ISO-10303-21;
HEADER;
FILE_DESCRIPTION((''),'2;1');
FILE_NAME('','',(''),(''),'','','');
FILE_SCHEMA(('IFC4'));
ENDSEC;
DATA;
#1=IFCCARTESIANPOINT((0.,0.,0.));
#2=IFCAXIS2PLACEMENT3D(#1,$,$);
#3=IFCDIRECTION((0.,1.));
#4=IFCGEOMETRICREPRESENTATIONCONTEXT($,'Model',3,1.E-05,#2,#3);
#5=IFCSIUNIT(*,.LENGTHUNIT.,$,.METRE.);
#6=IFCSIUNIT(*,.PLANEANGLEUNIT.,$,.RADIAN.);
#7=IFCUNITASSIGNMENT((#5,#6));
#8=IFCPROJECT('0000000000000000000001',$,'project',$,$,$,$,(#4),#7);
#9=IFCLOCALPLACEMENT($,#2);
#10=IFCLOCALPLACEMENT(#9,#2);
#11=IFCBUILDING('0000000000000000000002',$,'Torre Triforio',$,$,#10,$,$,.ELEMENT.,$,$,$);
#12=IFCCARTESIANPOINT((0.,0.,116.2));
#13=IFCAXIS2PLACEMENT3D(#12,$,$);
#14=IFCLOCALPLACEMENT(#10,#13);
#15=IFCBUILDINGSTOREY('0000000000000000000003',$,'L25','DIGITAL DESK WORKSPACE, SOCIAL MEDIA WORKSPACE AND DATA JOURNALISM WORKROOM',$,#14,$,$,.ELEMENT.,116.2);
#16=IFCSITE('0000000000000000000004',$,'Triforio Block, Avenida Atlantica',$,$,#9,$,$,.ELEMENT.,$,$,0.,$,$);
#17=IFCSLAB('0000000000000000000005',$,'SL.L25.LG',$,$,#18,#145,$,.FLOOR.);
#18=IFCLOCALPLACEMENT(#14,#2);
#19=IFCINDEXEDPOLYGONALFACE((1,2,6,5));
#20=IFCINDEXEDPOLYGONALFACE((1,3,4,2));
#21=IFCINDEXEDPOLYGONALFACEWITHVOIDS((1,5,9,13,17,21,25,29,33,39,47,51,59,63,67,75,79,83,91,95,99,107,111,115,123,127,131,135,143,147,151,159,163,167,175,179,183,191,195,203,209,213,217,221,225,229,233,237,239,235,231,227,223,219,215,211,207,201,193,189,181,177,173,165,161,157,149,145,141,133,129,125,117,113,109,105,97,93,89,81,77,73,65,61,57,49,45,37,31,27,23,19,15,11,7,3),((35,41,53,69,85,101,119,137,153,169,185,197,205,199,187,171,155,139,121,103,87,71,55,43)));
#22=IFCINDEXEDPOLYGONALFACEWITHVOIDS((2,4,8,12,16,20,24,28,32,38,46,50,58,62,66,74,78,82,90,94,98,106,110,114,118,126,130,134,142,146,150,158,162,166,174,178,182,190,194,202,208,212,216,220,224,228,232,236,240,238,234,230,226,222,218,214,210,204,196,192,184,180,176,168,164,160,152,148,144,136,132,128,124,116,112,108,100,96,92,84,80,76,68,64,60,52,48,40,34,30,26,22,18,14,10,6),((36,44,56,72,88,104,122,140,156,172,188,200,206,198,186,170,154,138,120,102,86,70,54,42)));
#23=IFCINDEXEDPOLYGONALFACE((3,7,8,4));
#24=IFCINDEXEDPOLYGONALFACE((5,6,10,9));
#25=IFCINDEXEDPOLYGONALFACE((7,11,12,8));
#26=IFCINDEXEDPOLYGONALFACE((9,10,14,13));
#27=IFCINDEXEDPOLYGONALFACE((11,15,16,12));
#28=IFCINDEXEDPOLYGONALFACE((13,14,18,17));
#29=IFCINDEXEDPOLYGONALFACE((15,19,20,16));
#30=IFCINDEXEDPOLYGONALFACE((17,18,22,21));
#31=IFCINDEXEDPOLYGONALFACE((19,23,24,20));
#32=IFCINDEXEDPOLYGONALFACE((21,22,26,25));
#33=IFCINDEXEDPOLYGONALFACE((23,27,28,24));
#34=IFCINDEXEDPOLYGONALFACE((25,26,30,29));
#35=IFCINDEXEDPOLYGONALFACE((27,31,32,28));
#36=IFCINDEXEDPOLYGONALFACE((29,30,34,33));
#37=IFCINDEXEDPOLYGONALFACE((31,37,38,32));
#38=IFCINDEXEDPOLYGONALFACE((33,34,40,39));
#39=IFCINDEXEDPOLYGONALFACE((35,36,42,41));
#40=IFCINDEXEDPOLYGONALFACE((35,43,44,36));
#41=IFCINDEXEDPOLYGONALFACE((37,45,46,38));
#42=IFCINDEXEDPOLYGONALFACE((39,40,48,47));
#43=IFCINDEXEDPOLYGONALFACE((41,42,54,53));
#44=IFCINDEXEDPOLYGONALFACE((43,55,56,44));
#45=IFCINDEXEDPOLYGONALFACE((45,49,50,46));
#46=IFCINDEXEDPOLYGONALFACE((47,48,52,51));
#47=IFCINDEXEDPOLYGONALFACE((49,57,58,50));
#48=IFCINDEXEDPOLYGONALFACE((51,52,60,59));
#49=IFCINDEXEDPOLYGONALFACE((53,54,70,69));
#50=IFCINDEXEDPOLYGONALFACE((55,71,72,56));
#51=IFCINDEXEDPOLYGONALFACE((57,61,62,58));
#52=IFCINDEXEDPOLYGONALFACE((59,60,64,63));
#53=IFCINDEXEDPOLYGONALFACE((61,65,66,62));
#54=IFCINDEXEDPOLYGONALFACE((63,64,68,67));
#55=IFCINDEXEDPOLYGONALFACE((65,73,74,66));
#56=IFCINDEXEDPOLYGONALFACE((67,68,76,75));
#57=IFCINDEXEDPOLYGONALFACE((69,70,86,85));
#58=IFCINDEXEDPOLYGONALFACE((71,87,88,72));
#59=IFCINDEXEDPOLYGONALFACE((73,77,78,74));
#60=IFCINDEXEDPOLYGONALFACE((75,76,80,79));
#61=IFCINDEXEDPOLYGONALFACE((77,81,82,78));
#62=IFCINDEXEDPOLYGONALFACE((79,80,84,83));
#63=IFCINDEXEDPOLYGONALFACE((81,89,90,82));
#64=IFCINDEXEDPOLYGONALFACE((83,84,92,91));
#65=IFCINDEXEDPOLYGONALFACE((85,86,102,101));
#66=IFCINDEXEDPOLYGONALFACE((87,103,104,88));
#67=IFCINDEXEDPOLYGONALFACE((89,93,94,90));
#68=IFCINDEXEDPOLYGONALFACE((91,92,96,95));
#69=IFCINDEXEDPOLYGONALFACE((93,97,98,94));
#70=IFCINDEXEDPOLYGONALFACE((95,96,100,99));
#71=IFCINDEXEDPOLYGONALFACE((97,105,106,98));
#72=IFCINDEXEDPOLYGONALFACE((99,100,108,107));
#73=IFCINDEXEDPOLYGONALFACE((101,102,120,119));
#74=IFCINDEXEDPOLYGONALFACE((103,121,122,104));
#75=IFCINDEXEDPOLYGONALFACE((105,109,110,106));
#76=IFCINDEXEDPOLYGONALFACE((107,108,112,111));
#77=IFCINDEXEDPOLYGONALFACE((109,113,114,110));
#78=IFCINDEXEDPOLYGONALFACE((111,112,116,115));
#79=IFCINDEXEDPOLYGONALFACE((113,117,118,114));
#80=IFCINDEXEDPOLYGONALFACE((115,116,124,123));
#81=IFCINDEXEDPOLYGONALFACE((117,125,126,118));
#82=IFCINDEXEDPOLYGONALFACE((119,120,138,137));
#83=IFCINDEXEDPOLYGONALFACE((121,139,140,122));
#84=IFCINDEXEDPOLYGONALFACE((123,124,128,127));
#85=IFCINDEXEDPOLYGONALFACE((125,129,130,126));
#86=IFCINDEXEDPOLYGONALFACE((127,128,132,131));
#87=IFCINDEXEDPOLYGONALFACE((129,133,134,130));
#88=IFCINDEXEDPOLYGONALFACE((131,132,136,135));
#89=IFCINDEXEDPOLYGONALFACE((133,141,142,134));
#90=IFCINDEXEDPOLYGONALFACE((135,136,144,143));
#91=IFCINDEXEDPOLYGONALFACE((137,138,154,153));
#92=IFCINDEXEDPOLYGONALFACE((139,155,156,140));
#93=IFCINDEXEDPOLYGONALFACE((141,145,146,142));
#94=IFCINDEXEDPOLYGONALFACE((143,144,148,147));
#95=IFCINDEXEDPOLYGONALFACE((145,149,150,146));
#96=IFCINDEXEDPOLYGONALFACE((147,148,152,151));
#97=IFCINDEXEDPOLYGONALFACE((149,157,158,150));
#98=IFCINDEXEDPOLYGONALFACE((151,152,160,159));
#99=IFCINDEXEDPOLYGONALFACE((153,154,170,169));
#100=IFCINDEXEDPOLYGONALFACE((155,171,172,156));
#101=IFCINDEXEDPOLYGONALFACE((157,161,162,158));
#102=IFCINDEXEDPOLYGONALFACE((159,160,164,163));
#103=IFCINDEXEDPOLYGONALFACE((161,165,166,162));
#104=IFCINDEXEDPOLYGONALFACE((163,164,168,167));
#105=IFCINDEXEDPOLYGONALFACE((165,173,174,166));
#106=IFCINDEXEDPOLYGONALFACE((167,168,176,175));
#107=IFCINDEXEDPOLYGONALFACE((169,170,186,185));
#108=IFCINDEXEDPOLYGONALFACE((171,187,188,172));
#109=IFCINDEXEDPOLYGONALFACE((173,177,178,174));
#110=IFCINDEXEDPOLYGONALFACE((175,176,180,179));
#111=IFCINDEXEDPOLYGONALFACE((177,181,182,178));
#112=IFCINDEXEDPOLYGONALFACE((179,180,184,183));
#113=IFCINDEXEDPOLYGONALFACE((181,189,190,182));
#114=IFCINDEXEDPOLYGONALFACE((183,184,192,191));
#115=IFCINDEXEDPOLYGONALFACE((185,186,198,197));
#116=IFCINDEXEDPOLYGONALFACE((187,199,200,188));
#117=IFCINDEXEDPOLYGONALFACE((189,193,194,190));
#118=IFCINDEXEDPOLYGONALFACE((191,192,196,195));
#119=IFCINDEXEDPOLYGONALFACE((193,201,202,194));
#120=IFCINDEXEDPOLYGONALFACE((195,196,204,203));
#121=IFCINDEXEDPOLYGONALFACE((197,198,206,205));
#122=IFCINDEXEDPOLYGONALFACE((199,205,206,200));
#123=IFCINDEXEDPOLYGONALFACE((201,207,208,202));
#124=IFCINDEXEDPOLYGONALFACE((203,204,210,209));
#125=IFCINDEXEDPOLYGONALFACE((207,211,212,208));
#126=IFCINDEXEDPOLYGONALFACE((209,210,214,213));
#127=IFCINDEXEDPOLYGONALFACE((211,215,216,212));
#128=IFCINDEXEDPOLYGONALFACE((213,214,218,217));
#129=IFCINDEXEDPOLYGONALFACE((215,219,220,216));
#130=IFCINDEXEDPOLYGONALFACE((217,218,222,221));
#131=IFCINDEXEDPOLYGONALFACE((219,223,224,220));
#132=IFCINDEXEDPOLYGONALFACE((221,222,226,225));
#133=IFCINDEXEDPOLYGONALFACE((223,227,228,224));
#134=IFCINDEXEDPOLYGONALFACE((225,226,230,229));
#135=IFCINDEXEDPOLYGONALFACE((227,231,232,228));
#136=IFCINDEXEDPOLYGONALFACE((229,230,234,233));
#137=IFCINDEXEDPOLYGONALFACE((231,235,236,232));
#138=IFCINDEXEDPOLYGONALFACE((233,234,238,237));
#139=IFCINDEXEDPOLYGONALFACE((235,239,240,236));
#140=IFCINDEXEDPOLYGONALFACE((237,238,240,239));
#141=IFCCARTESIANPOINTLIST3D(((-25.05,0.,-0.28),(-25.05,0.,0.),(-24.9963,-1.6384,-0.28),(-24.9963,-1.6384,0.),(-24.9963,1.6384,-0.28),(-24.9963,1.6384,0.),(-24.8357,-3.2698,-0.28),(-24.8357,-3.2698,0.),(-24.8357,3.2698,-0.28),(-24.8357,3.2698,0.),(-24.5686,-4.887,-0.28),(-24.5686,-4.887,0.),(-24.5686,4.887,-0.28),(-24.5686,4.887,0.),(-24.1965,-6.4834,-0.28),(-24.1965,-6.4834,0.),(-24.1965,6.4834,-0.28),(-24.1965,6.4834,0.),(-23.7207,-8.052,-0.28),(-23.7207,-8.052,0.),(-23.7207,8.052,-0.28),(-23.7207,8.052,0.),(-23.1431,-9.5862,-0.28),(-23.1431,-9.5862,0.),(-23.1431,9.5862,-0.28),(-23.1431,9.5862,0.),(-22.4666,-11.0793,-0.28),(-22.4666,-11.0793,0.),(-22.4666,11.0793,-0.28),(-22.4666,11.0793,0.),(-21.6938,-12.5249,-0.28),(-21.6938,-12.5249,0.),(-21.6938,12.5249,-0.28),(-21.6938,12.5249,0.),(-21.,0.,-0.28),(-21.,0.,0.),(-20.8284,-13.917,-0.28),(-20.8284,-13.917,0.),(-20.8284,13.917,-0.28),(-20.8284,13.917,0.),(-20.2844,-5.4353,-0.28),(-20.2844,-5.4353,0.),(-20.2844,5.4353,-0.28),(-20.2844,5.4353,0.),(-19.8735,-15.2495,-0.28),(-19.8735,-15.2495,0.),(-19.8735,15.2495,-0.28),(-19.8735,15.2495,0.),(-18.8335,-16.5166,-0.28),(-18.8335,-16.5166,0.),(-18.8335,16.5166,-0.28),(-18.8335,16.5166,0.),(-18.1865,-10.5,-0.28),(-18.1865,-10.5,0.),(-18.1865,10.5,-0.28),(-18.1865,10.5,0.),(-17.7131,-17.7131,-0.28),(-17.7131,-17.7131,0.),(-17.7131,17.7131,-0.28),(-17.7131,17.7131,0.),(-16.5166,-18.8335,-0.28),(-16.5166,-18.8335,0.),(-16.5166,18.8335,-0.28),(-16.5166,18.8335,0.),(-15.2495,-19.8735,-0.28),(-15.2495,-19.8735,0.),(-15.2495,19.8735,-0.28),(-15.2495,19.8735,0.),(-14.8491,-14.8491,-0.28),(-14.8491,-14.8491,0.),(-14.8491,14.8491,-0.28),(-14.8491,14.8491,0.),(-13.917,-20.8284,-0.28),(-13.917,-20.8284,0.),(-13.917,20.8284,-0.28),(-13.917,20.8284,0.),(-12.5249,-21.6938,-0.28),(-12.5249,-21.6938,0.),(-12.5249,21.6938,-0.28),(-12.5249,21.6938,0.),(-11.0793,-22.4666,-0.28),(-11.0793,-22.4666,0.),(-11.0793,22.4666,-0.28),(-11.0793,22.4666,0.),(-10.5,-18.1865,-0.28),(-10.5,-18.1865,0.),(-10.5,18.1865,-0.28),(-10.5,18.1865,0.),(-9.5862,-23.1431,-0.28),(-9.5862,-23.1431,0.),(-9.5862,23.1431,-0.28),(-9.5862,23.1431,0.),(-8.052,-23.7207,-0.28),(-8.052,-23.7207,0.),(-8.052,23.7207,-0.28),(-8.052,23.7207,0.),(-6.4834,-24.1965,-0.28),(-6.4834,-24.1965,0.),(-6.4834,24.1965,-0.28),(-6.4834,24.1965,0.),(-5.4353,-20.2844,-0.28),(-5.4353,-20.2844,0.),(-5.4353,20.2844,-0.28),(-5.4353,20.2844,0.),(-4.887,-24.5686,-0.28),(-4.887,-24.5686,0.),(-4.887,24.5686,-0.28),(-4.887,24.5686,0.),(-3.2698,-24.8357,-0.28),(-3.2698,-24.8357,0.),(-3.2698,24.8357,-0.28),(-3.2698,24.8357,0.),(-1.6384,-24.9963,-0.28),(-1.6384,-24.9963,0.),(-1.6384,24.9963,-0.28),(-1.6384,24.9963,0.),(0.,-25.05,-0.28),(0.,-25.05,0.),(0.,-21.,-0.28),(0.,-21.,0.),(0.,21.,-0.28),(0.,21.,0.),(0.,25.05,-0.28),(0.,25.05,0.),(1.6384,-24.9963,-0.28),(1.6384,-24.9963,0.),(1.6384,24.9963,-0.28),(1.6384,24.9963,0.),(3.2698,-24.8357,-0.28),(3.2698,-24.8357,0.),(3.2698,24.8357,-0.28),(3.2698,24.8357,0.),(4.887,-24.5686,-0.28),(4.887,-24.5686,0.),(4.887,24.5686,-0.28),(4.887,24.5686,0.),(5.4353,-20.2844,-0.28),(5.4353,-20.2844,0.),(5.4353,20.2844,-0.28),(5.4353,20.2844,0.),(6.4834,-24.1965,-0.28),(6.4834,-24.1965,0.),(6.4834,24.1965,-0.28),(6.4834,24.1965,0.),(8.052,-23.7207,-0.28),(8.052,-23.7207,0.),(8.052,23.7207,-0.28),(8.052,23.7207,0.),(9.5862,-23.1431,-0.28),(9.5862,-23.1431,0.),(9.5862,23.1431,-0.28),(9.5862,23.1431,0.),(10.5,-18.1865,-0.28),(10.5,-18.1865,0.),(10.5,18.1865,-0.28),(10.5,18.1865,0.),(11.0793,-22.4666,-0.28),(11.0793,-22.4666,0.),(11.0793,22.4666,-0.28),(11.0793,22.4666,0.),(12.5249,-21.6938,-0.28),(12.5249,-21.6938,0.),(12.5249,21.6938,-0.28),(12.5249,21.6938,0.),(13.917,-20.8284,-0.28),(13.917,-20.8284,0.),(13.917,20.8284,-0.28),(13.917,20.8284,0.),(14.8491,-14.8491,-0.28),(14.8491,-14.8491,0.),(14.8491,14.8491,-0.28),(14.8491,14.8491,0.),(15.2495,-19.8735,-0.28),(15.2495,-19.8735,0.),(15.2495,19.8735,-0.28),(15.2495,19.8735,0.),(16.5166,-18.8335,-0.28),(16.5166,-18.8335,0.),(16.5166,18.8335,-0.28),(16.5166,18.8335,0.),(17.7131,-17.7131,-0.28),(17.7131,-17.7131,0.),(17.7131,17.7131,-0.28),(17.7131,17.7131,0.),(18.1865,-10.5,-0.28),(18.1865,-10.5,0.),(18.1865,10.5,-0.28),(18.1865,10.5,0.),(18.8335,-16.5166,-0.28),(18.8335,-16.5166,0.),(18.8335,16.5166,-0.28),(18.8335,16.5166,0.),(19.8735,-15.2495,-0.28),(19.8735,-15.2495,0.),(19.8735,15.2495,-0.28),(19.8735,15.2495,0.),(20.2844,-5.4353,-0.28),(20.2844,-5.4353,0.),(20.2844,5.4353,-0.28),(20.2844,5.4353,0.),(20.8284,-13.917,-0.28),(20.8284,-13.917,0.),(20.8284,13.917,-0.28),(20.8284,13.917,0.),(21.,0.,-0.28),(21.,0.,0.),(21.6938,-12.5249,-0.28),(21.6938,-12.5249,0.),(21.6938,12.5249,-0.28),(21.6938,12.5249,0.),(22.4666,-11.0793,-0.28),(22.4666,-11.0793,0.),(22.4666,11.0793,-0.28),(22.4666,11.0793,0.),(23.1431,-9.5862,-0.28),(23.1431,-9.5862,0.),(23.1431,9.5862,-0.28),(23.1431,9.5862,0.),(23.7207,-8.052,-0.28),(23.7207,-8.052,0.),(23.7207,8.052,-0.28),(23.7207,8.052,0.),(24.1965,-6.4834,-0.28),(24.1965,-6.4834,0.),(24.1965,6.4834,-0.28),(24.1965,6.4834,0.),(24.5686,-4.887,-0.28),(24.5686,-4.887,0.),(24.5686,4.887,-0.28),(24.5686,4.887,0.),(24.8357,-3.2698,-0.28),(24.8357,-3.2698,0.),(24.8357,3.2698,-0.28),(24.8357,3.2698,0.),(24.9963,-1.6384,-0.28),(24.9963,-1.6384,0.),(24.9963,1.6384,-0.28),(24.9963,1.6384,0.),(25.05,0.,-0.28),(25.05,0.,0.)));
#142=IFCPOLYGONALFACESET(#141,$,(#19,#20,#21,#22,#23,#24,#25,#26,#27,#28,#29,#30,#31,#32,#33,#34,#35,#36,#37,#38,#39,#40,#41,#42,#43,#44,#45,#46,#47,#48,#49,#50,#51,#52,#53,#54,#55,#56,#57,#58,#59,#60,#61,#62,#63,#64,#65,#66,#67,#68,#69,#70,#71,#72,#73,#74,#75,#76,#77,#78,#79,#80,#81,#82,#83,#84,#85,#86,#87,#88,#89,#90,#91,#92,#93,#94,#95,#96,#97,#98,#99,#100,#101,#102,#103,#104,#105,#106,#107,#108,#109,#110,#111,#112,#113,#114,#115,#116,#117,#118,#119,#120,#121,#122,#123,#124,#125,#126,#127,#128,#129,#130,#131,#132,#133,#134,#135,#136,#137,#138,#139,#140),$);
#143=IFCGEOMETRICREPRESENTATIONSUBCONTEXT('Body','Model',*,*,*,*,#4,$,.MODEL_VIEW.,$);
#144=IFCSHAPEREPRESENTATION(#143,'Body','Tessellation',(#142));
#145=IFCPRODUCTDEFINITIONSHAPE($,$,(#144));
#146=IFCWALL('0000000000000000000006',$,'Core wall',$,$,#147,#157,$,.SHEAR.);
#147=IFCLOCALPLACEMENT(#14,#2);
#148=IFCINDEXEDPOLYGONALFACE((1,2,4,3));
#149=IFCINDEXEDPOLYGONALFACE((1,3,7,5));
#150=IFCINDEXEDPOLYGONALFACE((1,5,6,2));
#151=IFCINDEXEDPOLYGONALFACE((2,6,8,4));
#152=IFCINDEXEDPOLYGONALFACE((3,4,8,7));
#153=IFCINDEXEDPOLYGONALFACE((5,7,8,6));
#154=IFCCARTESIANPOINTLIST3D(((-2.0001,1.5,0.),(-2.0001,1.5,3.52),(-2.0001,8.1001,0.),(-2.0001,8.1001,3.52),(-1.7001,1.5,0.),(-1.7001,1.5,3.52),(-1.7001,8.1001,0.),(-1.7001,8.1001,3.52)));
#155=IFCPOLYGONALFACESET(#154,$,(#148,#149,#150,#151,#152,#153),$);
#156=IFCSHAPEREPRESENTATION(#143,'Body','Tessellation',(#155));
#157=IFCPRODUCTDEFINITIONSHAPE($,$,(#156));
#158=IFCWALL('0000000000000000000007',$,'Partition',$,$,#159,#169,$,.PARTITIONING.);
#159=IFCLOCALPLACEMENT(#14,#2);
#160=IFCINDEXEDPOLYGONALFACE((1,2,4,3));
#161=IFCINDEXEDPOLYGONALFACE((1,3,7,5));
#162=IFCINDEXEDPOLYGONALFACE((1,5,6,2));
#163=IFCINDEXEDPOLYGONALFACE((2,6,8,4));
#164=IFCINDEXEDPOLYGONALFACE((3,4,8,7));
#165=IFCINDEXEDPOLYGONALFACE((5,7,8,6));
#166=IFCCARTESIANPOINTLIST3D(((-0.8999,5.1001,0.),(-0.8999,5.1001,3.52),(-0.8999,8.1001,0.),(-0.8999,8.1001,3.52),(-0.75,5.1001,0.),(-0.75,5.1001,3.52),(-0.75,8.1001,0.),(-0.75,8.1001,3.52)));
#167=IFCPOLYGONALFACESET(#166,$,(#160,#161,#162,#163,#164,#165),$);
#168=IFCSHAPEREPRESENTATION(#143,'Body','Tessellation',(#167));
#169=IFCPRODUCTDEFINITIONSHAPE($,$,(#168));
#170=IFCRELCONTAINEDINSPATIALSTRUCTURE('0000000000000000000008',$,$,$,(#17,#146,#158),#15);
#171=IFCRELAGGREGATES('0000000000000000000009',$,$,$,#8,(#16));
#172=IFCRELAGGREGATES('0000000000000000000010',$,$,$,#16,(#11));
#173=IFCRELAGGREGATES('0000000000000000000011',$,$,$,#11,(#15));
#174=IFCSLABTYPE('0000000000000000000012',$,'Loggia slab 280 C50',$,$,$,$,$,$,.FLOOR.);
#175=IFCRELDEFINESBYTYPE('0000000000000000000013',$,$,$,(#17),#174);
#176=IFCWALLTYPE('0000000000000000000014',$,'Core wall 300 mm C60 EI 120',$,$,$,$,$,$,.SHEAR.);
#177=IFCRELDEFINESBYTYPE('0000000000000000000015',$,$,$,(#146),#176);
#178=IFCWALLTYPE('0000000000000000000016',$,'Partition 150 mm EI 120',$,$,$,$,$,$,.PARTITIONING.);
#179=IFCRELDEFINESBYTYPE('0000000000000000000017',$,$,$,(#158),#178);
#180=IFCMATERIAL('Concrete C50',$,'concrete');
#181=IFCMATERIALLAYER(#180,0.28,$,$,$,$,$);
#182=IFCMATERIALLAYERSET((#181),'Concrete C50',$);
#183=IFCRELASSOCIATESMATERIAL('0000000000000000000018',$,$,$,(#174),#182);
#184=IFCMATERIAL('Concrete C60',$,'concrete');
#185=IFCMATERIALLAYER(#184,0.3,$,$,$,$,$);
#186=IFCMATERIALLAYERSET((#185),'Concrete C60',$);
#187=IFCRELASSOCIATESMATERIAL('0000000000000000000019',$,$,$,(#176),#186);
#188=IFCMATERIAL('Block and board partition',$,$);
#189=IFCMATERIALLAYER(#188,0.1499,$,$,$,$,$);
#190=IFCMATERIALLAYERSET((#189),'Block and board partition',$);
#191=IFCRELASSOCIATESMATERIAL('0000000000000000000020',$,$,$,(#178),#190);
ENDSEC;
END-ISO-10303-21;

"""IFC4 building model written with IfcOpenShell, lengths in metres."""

from ifc_helpers import new_model, si_unit, direction, frame, frame_2d, origin, place, context, subcontext, project, spatial, polyline, rectangle, outline, extrude, material, layer, layer_set, type_object, element, save


model = new_model("IFC4")

# Units and contexts
model_context = context("Model", 3, precision=1e-05, world=origin(), true_north=direction((0.0, 1.0)))
body_context = subcontext(model_context, "Body", "Model", "MODEL_VIEW")
ifc_project = project(units=[si_unit("LENGTHUNIT", "METRE"), si_unit("PLANEANGLEUNIT", "RADIAN")], contexts=[model_context])

# Site, building, storey
site_placement = place(None, origin())
site = spatial("IfcSite", under=ifc_project, at=site_placement, Name="Triforio Block, Avenida Atlantica", CompositionType="ELEMENT", RefElevation=0.0)
building_placement = place(site_placement, origin())
building = spatial("IfcBuilding", under=site, at=building_placement, Name="Torre Triforio", CompositionType="ELEMENT")
storey_placement = place(building_placement, frame((0.0, 0.0, 116.2)))
storey = spatial("IfcBuildingStorey", under=building, at=storey_placement, Name="L25", Description="DIGITAL DESK WORKSPACE, SOCIAL MEDIA WORKSPACE AND DATA JOURNALISM WORKROOM", CompositionType="ELEMENT", Elevation=116.2)

# Slab
ifc_material_1 = material(Name="Concrete C50", Category="concrete")
ifc_layer_1 = layer(ifc_material_1, 0.28)
ifc_layer_set_1 = layer_set([ifc_layer_1], Name="Concrete C50")
slab_type_1 = type_object("IfcSlabType", Name="Loggia slab 280 C50", PredefinedType="FLOOR", material=ifc_layer_set_1)
slab_1_placement = place(storey_placement, frame((0.0, 0.0, -0.28)))
element("IfcSlab", 1, at=slab_1_placement, inside=storey, type_object=slab_type_1, Name="SL.L25.LG", PredefinedType="FLOOR", context=body_context, shape_type="SweptSolid", body=[
    extrude(outline(polyline([(24.9963, -1.6384), (25.05, 0.0), (24.9963, 1.6384), (24.8357, 3.2698), (24.5686, 4.887), (24.1965, 6.4834), (23.7207, 8.052), (23.1431, 9.5862), (22.4666, 11.0793), (21.6938, 12.5249), (20.8284, 13.917), (19.8735, 15.2495), (18.8335, 16.5166), (17.7131, 17.7131), (16.5166, 18.8335), (15.2495, 19.8735), (13.917, 20.8284), (12.5249, 21.6938), (11.0793, 22.4666), (9.5862, 23.1431), (8.052, 23.7207), (6.4834, 24.1965), (4.887, 24.5686), (3.2698, 24.8357), (1.6384, 24.9963), (0.0, 25.05), (-1.6384, 24.9963), (-3.2698, 24.8357), (-4.887, 24.5686), (-6.4834, 24.1965), (-8.052, 23.7207), (-9.5862, 23.1431), (-11.0793, 22.4666), (-12.5249, 21.6938), (-13.917, 20.8284), (-15.2495, 19.8735), (-16.5166, 18.8335), (-17.7131, 17.7131), (-18.8335, 16.5166), (-19.8735, 15.2495), (-20.8284, 13.917), (-21.6938, 12.5249), (-22.4666, 11.0793), (-23.1431, 9.5862), (-23.7207, 8.052), (-24.1965, 6.4834), (-24.5686, 4.887), (-24.8357, 3.2698), (-24.9963, 1.6384), (-25.05, 0.0), (-24.9963, -1.6384), (-24.8357, -3.2698), (-24.5686, -4.887), (-24.1965, -6.4834), (-23.7207, -8.052), (-23.1431, -9.5862), (-22.4666, -11.0793), (-21.6938, -12.5249), (-20.8284, -13.917), (-19.8735, -15.2495), (-18.8335, -16.5166), (-17.7131, -17.7131), (-16.5166, -18.8335), (-15.2495, -19.8735), (-13.917, -20.8284), (-12.5249, -21.6938), (-11.0793, -22.4666), (-9.5862, -23.1431), (-8.052, -23.7207), (-6.4834, -24.1965), (-4.887, -24.5686), (-3.2698, -24.8357), (-1.6384, -24.9963), (0.0, -25.05), (1.6384, -24.9963), (3.2698, -24.8357), (4.887, -24.5686), (6.4834, -24.1965), (8.052, -23.7207), (9.5862, -23.1431), (11.0793, -22.4666), (12.5249, -21.6938), (13.917, -20.8284), (15.2495, -19.8735), (16.5166, -18.8335), (17.7131, -17.7131), (18.8335, -16.5166), (19.8735, -15.2495), (20.8284, -13.917), (21.6938, -12.5249), (22.4666, -11.0793), (23.1431, -9.5862), (23.7207, -8.052), (24.1965, -6.4834), (24.5686, -4.887), (24.8357, -3.2698), (24.9963, -1.6384)]), holes=[polyline([(20.2844, 5.4353), (21.0, 0.0), (20.2844, -5.4353), (18.1865, -10.5), (14.8491, -14.8491), (10.5, -18.1865), (5.4353, -20.2844), (0.0, -21.0), (-5.4353, -20.2844), (-10.5, -18.1865), (-14.8491, -14.8491), (-18.1865, -10.5), (-20.2844, -5.4353), (-21.0, 0.0), (-20.2844, 5.4353), (-18.1865, 10.5), (-14.8491, 14.8491), (-10.5, 18.1865), (-5.4353, 20.2844), (0.0, 21.0), (5.4353, 20.2844), (10.5, 18.1865), (14.8491, 14.8491), (18.1865, 10.5), (20.2844, 5.4353)])]), origin(), (0.0, 0.0, 1.0), 0.28),
])

# Walls
ifc_material_2 = material(Name="Concrete C60", Category="concrete")
ifc_layer_2 = layer(ifc_material_2, 0.3)
ifc_layer_set_2 = layer_set([ifc_layer_2], Name="Concrete C60")
wall_type_1 = type_object("IfcWallType", Name="Core wall 300 mm C60 EI 120", PredefinedType="SHEAR", material=ifc_layer_set_2)
wall_1_placement = place(storey_placement, frame((-1.8501, 1.5, 0.0), z_axis=(0.0, 0.0, 1.0), x_axis=(0.0, 1.0, 0.0)))
element("IfcWall", 2, at=wall_1_placement, inside=storey, type_object=wall_type_1, Name="Core wall", PredefinedType="SHEAR", context=body_context, shape_type="SweptSolid", body=[
    extrude(rectangle(XDim=6.6001, YDim=0.3, at=frame_2d((3.3, 0.0))), origin(), (0.0, 0.0, 1.0), 3.52),
])
ifc_material_3 = material(Name="Block and board partition")
ifc_layer_3 = layer(ifc_material_3, 0.1499)
ifc_layer_set_3 = layer_set([ifc_layer_3], Name="Block and board partition")
wall_type_2 = type_object("IfcWallType", Name="Partition 150 mm EI 120", PredefinedType="PARTITIONING", material=ifc_layer_set_3)
wall_2_placement = place(storey_placement, frame((-0.825, 5.1001, 0.0), z_axis=(0.0, 0.0, 1.0), x_axis=(0.0, 1.0, 0.0)))
element("IfcWall", 3, at=wall_2_placement, inside=storey, type_object=wall_type_2, Name="Partition", PredefinedType="PARTITIONING", context=body_context, shape_type="SweptSolid", body=[
    extrude(rectangle(XDim=3.0, YDim=0.1499, at=frame_2d((1.5, 0.0))), origin(), (0.0, 0.0, 1.0), 3.52),
])

save(model, "model.ifc")
